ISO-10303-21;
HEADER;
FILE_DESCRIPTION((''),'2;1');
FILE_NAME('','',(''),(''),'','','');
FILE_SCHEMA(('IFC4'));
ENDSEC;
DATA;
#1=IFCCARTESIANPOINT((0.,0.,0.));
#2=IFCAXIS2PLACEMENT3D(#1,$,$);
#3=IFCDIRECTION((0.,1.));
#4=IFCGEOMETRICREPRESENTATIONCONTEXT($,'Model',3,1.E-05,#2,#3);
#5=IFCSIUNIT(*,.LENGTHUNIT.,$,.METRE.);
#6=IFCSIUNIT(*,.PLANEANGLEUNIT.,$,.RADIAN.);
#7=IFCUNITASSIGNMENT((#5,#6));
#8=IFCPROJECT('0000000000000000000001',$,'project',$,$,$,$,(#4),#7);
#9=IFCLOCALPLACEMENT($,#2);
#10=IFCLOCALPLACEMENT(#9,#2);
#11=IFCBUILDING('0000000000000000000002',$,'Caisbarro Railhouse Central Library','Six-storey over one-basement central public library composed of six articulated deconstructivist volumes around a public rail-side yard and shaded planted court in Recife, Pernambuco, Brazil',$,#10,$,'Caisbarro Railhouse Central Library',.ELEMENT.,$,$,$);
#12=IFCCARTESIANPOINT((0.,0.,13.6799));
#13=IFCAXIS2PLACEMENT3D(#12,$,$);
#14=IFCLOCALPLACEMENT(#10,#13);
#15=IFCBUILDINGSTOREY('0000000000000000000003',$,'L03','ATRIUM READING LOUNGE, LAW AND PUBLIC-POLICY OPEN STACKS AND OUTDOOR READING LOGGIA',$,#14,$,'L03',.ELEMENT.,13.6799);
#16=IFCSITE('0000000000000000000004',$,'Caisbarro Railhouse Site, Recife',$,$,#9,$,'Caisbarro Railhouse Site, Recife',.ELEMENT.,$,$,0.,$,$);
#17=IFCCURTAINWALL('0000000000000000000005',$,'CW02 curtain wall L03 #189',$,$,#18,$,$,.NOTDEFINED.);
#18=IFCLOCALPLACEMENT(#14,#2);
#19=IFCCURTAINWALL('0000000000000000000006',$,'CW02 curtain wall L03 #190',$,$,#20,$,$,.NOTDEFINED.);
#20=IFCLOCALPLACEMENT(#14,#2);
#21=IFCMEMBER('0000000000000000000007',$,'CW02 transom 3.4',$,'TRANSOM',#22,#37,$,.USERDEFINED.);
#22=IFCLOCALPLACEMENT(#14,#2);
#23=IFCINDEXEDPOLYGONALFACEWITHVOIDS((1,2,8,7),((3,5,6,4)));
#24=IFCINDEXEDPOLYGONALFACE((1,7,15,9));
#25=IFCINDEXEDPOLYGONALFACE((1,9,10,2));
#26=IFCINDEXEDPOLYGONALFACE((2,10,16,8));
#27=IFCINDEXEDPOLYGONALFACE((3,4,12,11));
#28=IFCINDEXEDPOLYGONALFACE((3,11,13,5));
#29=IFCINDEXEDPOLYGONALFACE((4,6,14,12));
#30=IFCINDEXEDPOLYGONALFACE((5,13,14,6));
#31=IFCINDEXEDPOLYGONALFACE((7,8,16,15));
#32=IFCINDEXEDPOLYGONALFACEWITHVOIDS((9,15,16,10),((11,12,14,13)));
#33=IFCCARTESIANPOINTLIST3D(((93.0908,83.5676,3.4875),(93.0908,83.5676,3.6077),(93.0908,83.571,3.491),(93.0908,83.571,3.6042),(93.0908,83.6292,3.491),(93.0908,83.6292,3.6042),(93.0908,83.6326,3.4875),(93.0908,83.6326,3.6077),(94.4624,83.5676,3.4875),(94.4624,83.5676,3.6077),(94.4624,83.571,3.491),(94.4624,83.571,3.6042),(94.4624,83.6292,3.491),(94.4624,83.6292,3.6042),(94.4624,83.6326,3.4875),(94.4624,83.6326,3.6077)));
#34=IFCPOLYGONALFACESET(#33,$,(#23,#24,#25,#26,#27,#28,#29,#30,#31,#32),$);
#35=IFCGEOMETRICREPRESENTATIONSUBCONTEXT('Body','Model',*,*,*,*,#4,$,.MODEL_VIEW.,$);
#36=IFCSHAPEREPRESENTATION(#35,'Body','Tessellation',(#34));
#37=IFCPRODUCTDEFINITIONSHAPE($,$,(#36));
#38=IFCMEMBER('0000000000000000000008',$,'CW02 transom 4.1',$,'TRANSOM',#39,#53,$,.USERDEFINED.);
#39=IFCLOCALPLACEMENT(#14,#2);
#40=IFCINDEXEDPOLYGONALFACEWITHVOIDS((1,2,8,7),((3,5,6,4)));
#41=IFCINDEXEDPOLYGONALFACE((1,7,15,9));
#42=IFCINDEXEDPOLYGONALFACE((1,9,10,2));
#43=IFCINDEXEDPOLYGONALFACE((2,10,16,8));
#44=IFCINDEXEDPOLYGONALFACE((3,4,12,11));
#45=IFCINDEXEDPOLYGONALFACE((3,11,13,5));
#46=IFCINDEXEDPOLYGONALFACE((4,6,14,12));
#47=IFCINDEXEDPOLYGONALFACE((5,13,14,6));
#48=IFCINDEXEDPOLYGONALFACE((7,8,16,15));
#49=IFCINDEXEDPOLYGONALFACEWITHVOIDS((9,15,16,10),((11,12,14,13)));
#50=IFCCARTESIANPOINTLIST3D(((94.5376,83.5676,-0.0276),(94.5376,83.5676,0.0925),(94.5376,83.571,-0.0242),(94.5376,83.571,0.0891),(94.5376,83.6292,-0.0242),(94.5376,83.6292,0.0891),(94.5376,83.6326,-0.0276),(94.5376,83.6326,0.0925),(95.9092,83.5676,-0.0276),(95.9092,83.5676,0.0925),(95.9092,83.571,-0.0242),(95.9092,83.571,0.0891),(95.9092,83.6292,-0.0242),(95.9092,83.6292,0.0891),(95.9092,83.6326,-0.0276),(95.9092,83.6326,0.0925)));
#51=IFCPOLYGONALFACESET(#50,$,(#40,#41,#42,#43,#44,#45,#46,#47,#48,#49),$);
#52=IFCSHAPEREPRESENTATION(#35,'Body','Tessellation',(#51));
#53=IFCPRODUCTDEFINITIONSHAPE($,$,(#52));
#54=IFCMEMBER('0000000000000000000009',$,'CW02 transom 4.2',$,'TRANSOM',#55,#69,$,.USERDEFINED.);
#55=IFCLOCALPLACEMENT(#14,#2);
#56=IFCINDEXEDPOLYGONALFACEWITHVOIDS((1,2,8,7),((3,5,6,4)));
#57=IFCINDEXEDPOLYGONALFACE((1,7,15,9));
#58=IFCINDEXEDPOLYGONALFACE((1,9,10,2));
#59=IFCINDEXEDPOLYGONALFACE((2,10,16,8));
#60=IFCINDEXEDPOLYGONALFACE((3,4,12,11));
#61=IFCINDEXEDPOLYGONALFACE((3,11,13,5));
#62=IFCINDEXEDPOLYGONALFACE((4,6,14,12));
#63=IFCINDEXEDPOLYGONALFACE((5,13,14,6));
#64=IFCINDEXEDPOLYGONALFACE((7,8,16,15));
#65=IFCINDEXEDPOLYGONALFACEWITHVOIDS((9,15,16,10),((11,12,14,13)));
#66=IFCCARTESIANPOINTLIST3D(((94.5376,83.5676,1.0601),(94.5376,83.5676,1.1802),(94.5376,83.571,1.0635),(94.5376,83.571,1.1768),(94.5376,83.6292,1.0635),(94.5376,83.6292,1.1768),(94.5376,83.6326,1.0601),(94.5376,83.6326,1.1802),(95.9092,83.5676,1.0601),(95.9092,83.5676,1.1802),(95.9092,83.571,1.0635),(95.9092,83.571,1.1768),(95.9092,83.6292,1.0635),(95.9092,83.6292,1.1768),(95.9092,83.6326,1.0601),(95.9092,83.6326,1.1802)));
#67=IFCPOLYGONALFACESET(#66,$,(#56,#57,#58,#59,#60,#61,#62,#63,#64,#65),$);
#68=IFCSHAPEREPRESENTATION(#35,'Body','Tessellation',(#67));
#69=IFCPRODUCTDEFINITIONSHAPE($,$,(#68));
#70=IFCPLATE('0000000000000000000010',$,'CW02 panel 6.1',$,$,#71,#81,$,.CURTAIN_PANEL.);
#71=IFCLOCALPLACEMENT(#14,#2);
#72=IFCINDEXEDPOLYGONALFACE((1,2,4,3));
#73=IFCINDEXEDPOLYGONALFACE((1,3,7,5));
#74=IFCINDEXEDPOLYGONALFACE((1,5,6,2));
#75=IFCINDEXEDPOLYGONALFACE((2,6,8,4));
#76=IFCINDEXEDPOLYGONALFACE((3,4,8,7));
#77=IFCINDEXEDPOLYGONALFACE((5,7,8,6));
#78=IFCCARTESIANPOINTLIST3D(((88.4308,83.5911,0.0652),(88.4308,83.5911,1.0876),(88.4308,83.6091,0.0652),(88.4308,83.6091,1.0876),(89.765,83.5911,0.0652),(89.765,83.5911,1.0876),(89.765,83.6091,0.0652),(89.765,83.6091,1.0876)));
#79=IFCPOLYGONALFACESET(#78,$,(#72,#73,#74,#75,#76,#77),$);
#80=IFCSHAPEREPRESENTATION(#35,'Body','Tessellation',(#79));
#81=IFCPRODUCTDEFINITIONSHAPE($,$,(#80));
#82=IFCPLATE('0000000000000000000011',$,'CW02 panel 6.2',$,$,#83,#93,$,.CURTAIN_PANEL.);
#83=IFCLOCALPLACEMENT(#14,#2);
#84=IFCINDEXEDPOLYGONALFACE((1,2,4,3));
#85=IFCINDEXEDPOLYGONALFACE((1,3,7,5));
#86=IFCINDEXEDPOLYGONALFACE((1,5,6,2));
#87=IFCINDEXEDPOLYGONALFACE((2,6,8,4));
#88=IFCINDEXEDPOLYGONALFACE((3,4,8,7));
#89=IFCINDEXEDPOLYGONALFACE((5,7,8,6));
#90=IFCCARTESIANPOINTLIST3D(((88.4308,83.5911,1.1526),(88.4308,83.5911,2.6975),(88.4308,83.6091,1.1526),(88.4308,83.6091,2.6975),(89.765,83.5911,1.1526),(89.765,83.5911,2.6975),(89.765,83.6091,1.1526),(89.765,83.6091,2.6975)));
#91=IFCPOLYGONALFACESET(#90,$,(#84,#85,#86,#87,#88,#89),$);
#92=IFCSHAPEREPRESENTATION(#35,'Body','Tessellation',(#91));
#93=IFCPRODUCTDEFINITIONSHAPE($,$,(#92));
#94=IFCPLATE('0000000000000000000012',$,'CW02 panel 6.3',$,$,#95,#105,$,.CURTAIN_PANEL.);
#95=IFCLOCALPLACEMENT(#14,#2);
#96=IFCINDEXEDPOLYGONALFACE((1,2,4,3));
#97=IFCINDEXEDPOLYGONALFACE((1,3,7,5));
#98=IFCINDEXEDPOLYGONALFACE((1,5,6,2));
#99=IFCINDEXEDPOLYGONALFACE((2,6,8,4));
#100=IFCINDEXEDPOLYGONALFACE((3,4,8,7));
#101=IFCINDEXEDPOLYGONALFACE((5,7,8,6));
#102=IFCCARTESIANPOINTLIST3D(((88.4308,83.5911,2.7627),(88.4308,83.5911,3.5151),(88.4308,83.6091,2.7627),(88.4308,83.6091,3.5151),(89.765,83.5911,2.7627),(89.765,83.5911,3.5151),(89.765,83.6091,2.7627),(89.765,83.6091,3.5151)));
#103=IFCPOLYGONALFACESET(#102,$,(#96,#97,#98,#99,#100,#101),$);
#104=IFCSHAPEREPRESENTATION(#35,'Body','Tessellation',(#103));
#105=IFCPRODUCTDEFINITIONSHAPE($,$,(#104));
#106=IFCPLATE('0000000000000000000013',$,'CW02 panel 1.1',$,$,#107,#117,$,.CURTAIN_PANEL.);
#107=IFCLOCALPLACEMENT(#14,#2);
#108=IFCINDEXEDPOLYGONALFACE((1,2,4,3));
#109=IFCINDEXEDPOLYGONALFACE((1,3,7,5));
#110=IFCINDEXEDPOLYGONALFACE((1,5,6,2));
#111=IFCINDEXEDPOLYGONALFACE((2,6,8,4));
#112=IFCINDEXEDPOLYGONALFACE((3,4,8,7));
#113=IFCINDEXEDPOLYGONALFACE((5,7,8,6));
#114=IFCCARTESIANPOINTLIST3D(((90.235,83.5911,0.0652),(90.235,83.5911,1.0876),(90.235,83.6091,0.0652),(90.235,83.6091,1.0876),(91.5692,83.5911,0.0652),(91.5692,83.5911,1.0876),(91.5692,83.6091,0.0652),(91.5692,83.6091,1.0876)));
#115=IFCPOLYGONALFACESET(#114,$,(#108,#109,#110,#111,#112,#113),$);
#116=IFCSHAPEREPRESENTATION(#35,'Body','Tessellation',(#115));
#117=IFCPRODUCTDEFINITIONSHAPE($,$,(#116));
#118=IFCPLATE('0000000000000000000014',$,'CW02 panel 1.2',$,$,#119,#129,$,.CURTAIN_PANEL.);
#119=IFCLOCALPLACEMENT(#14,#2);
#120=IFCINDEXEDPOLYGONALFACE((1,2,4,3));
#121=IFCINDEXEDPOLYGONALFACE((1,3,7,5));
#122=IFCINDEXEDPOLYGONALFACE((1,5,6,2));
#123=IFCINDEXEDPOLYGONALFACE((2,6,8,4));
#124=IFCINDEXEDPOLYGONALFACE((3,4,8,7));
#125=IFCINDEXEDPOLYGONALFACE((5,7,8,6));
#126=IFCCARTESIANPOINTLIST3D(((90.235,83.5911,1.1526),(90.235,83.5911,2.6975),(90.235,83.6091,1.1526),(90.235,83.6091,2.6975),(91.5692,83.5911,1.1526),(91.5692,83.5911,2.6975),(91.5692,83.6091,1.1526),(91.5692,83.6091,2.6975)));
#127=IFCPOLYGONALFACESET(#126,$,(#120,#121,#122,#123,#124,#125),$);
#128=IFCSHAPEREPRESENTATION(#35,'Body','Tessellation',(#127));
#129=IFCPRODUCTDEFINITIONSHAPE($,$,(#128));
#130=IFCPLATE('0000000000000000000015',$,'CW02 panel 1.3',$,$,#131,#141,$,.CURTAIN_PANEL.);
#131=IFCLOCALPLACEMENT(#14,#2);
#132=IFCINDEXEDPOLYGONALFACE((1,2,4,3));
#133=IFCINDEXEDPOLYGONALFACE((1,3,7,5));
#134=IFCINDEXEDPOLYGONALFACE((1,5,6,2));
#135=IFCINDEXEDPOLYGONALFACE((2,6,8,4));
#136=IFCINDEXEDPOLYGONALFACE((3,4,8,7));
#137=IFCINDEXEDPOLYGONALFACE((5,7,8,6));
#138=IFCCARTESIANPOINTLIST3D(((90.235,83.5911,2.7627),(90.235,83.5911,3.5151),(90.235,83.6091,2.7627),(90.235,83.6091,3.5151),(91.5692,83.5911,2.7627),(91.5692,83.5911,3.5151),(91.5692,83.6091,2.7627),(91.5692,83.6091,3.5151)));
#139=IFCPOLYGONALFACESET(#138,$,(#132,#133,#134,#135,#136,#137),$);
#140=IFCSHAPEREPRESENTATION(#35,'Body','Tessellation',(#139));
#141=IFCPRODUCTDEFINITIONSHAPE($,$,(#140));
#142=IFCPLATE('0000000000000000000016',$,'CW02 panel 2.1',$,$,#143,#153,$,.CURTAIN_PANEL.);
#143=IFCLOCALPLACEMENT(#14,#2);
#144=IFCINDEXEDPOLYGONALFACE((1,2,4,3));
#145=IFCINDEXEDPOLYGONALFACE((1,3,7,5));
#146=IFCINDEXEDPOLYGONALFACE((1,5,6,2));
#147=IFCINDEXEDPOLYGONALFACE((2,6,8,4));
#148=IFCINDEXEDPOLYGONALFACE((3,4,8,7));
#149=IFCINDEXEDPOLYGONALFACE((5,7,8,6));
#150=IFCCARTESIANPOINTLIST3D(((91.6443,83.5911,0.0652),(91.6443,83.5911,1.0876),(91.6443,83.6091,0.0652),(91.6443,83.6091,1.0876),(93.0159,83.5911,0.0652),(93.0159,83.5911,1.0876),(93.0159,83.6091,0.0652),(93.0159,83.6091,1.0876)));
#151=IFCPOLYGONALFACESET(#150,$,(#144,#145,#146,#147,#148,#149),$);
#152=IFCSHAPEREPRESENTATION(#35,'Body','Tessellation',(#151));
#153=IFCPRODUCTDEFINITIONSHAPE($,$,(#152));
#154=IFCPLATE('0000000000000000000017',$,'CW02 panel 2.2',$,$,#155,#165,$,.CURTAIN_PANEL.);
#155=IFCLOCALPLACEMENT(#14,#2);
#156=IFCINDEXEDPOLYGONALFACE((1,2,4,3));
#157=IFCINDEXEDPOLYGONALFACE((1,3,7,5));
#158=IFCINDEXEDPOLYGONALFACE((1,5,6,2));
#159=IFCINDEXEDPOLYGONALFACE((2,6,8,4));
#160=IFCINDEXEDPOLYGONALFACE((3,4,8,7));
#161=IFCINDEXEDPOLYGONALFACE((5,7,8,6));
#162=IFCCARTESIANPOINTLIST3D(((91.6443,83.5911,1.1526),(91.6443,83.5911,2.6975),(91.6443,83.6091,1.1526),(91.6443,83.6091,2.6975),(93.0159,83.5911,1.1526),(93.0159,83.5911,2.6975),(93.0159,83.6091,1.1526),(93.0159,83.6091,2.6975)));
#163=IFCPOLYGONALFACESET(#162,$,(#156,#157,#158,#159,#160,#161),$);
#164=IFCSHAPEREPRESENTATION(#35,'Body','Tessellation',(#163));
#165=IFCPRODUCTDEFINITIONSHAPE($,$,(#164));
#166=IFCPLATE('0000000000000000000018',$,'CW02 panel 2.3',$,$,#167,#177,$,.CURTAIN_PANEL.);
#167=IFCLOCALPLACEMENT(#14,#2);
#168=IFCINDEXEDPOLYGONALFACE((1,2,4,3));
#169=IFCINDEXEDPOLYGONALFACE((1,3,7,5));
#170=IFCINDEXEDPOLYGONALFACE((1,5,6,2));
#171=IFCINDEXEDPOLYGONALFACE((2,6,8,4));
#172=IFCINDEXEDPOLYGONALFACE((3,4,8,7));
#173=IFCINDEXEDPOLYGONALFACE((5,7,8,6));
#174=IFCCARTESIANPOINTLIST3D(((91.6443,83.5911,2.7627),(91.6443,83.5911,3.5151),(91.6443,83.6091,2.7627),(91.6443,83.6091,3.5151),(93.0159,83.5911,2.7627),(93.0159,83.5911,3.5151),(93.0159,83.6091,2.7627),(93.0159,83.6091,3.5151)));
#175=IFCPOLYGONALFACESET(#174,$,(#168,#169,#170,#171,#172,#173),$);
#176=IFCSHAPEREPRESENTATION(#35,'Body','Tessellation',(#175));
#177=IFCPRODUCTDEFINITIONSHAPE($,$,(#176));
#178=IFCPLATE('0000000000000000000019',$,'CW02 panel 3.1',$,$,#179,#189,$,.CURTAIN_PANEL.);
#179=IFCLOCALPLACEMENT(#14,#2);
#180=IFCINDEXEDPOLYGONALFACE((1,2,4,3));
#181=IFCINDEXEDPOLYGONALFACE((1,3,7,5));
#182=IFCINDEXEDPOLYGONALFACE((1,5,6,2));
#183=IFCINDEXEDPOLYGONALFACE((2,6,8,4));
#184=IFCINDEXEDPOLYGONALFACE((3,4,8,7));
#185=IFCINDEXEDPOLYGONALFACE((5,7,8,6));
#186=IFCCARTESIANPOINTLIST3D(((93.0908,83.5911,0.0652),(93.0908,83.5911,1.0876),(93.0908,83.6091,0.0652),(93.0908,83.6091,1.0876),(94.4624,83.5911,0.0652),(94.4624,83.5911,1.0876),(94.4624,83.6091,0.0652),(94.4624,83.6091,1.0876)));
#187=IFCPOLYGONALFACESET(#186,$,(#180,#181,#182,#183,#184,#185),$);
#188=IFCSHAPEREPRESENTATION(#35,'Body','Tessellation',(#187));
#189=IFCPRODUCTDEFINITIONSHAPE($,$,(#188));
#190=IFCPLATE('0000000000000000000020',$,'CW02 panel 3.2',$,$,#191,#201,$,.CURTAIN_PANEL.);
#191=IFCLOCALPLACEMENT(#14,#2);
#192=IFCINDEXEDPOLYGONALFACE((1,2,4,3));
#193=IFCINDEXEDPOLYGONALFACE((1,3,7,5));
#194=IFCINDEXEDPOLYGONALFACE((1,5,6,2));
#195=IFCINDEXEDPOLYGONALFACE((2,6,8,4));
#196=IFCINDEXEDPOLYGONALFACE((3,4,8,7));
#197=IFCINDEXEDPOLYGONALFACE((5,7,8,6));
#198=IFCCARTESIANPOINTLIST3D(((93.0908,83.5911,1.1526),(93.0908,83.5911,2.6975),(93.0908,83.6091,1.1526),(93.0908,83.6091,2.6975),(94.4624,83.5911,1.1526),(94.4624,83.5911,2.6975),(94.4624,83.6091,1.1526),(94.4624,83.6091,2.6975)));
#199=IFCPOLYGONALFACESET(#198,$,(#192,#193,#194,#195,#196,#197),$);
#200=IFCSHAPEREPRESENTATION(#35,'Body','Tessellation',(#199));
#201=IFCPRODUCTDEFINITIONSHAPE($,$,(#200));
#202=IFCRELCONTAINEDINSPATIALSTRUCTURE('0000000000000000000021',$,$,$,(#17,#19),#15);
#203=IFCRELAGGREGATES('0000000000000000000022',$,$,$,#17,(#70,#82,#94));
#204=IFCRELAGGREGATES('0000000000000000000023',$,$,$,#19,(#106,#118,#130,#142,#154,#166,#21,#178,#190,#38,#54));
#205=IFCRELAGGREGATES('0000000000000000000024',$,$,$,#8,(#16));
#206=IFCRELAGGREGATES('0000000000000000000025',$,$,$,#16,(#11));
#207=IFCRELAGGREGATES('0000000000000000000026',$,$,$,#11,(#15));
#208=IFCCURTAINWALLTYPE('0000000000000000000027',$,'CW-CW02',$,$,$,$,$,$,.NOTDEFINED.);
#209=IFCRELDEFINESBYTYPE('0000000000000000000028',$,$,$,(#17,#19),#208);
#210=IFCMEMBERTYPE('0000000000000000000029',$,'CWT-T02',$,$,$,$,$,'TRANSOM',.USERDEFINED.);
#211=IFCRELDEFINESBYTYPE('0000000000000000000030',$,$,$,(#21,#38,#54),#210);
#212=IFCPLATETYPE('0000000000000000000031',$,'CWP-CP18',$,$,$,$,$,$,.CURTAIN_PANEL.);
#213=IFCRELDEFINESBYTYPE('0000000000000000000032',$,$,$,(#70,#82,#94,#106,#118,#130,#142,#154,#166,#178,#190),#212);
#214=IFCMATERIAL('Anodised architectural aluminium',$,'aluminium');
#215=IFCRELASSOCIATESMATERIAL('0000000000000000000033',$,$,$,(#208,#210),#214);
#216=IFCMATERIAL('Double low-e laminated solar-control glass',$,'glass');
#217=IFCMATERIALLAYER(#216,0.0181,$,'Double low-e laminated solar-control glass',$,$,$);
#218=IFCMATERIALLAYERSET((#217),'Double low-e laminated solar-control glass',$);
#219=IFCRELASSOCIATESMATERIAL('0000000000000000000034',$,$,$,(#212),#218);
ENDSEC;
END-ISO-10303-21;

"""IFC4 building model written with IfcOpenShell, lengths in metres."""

from ifc_helpers import new_model, si_unit, direction, frame, origin, origin_2d, place, context, subcontext, project, spatial, rectangle, hollow_rectangle, extrude, material, layer, layer_set, material_profile, profile_set, type_object, element, aggregate, save


model = new_model("IFC4")

# Units and contexts
model_context = context("Model", 3, precision=1e-05, world=origin(), true_north=direction((0.0, 1.0)))
body_context = subcontext(model_context, "Body", "Model", "MODEL_VIEW")
ifc_project = project(units=[si_unit("LENGTHUNIT", "METRE"), si_unit("PLANEANGLEUNIT", "RADIAN")], contexts=[model_context])

# Site, building, storey
site_placement = place(None, origin())
site = spatial("IfcSite", under=ifc_project, at=site_placement, Name="Caisbarro Railhouse Site, Recife", LongName="Caisbarro Railhouse Site, Recife", CompositionType="ELEMENT", RefElevation=0.0)
building_placement = place(site_placement, origin())
building = spatial("IfcBuilding", under=site, at=building_placement, Name="Caisbarro Railhouse Central Library", Description="Six-storey over one-basement central public library composed of six articulated deconstructivist volumes around a public rail-side yard and shaded planted court in Recife, Pernambuco, Brazil", LongName="Caisbarro Railhouse Central Library", CompositionType="ELEMENT")
storey_placement = place(building_placement, frame((0.0, 0.0, 13.6799)))
storey = spatial("IfcBuildingStorey", under=building, at=storey_placement, Name="L03", Description="ATRIUM READING LOUNGE, LAW AND PUBLIC-POLICY OPEN STACKS AND OUTDOOR READING LOGGIA", LongName="L03", CompositionType="ELEMENT", Elevation=13.6799)

# Curtain wall
ifc_material_1 = material(Name="Anodised architectural aluminium", Category="aluminium")
curtain_wall_type = type_object("IfcCurtainWallType", Name="CW-CW02", PredefinedType="NOTDEFINED", material=ifc_material_1)
curtain_wall_1_placement = place(storey_placement, origin())
curtain_wall_1 = element("IfcCurtainWall", 1, at=curtain_wall_1_placement, inside=storey, type_object=curtain_wall_type, Name="CW02 curtain wall L03 #189", PredefinedType="NOTDEFINED")

# Curtain wall, members
curtain_wall_2_placement = place(storey_placement, origin())
curtain_wall_2 = element("IfcCurtainWall", 2, at=curtain_wall_2_placement, inside=storey, type_object=curtain_wall_type, Name="CW02 curtain wall L03 #190", PredefinedType="NOTDEFINED")
ifc_material_profile_1 = material_profile(ifc_material_1, hollow_rectangle(XDim=0.0649, YDim=0.1201, WallThickness=0.0034, at=origin_2d()), Name="ALU-TRN-65X120")
ifc_profile_set_1 = profile_set([ifc_material_profile_1], Name="Anodised architectural aluminium")
member_type_1 = type_object("IfcMemberType", Name="CWT-T02", ElementType="TRANSOM", PredefinedType="USERDEFINED", material=ifc_profile_set_1)
member_1_placement = place(storey_placement, frame((93.0908, 83.6001, 3.5476), z_axis=(1.0, 0.0, 0.0), x_axis=(0.0, 1.0, 0.0)))
member_1 = element("IfcMember", 3, at=member_1_placement, type_object=member_type_1, Name="CW02 transom 3.4", ObjectType="TRANSOM", PredefinedType="USERDEFINED", context=body_context, shape_type="SweptSolid", body=[
    extrude(hollow_rectangle(XDim=0.0649, YDim=0.1201, WallThickness=0.0034, at=origin_2d()), origin(), (0.0, 0.0, 1.0), 1.3716),
])
member_2_placement = place(storey_placement, frame((94.5376, 83.6001, 0.0325), z_axis=(1.0, 0.0, 0.0), x_axis=(0.0, 1.0, 0.0)))
member_2 = element("IfcMember", 4, at=member_2_placement, type_object=member_type_1, Name="CW02 transom 4.1", ObjectType="TRANSOM", PredefinedType="USERDEFINED", context=body_context, shape_type="SweptSolid", body=[
    extrude(hollow_rectangle(XDim=0.0649, YDim=0.1201, WallThickness=0.0034, at=origin_2d()), origin(), (0.0, 0.0, 1.0), 1.3716),
])
member_3_placement = place(storey_placement, frame((94.5376, 83.6001, 1.1201), z_axis=(1.0, 0.0, 0.0), x_axis=(0.0, 1.0, 0.0)))
member_3 = element("IfcMember", 5, at=member_3_placement, type_object=member_type_1, Name="CW02 transom 4.2", ObjectType="TRANSOM", PredefinedType="USERDEFINED", context=body_context, shape_type="SweptSolid", body=[
    extrude(hollow_rectangle(XDim=0.0649, YDim=0.1201, WallThickness=0.0034, at=origin_2d()), origin(), (0.0, 0.0, 1.0), 1.3716),
])

# Plates
ifc_material_2 = material(Name="Double low-e laminated solar-control glass", Category="glass")
ifc_layer = layer(ifc_material_2, 0.0181, Name="Double low-e laminated solar-control glass")
ifc_layer_set = layer_set([ifc_layer], Name="Double low-e laminated solar-control glass")
plate_type = type_object("IfcPlateType", Name="CWP-CP18", PredefinedType="CURTAIN_PANEL", material=ifc_layer_set)
plate_1_placement = place(storey_placement, frame((89.0979, 83.6001, 0.0652), z_axis=(0.0, 0.0, 1.0), x_axis=(1.0, 0.0, 0.0)))
plate_1 = element("IfcPlate", 6, at=plate_1_placement, type_object=plate_type, Name="CW02 panel 6.1", PredefinedType="CURTAIN_PANEL", context=body_context, shape_type="SweptSolid", body=[
    extrude(rectangle(XDim=1.3342, YDim=0.0181, at=origin_2d()), origin(), (0.0, 0.0, 1.0), 1.0225),
])
plate_2_placement = place(storey_placement, frame((89.0979, 83.6001, 1.1526), z_axis=(0.0, 0.0, 1.0), x_axis=(1.0, 0.0, 0.0)))
plate_2 = element("IfcPlate", 7, at=plate_2_placement, type_object=plate_type, Name="CW02 panel 6.2", PredefinedType="CURTAIN_PANEL", context=body_context, shape_type="SweptSolid", body=[
    extrude(rectangle(XDim=1.3342, YDim=0.0181, at=origin_2d()), origin(), (0.0, 0.0, 1.0), 1.5449),
])
plate_3_placement = place(storey_placement, frame((89.0979, 83.6001, 2.7627), z_axis=(0.0, 0.0, 1.0), x_axis=(1.0, 0.0, 0.0)))
plate_3 = element("IfcPlate", 8, at=plate_3_placement, type_object=plate_type, Name="CW02 panel 6.3", PredefinedType="CURTAIN_PANEL", context=body_context, shape_type="SweptSolid", body=[
    extrude(rectangle(XDim=1.3342, YDim=0.0181, at=origin_2d()), origin(), (0.0, 0.0, 1.0), 0.7524),
])
aggregate(curtain_wall_1, [plate_1, plate_2, plate_3])
plate_4_placement = place(storey_placement, frame((90.9021, 83.6001, 0.0652), z_axis=(0.0, 0.0, 1.0), x_axis=(1.0, 0.0, 0.0)))
plate_4 = element("IfcPlate", 9, at=plate_4_placement, type_object=plate_type, Name="CW02 panel 1.1", PredefinedType="CURTAIN_PANEL", context=body_context, shape_type="SweptSolid", body=[
    extrude(rectangle(XDim=1.3342, YDim=0.0181, at=origin_2d()), origin(), (0.0, 0.0, 1.0), 1.0225),
])
plate_5_placement = place(storey_placement, frame((90.9021, 83.6001, 1.1526), z_axis=(0.0, 0.0, 1.0), x_axis=(1.0, 0.0, 0.0)))
plate_5 = element("IfcPlate", 10, at=plate_5_placement, type_object=plate_type, Name="CW02 panel 1.2", PredefinedType="CURTAIN_PANEL", context=body_context, shape_type="SweptSolid", body=[
    extrude(rectangle(XDim=1.3342, YDim=0.0181, at=origin_2d()), origin(), (0.0, 0.0, 1.0), 1.5449),
])
plate_6_placement = place(storey_placement, frame((90.9021, 83.6001, 2.7627), z_axis=(0.0, 0.0, 1.0), x_axis=(1.0, 0.0, 0.0)))
plate_6 = element("IfcPlate", 11, at=plate_6_placement, type_object=plate_type, Name="CW02 panel 1.3", PredefinedType="CURTAIN_PANEL", context=body_context, shape_type="SweptSolid", body=[
    extrude(rectangle(XDim=1.3342, YDim=0.0181, at=origin_2d()), origin(), (0.0, 0.0, 1.0), 0.7524),
])
plate_7_placement = place(storey_placement, frame((92.3301, 83.6001, 0.0652), z_axis=(0.0, 0.0, 1.0), x_axis=(1.0, 0.0, 0.0)))
plate_7 = element("IfcPlate", 12, at=plate_7_placement, type_object=plate_type, Name="CW02 panel 2.1", PredefinedType="CURTAIN_PANEL", context=body_context, shape_type="SweptSolid", body=[
    extrude(rectangle(XDim=1.3716, YDim=0.0181, at=origin_2d()), origin(), (0.0, 0.0, 1.0), 1.0225),
])
plate_8_placement = place(storey_placement, frame((92.3301, 83.6001, 1.1526), z_axis=(0.0, 0.0, 1.0), x_axis=(1.0, 0.0, 0.0)))
plate_8 = element("IfcPlate", 13, at=plate_8_placement, type_object=plate_type, Name="CW02 panel 2.2", PredefinedType="CURTAIN_PANEL", context=body_context, shape_type="SweptSolid", body=[
    extrude(rectangle(XDim=1.3716, YDim=0.0181, at=origin_2d()), origin(), (0.0, 0.0, 1.0), 1.5449),
])
plate_9_placement = place(storey_placement, frame((92.3301, 83.6001, 2.7627), z_axis=(0.0, 0.0, 1.0), x_axis=(1.0, 0.0, 0.0)))
plate_9 = element("IfcPlate", 14, at=plate_9_placement, type_object=plate_type, Name="CW02 panel 2.3", PredefinedType="CURTAIN_PANEL", context=body_context, shape_type="SweptSolid", body=[
    extrude(rectangle(XDim=1.3716, YDim=0.0181, at=origin_2d()), origin(), (0.0, 0.0, 1.0), 0.7524),
])
plate_10_placement = place(storey_placement, frame((93.7766, 83.6001, 0.0652), z_axis=(0.0, 0.0, 1.0), x_axis=(1.0, 0.0, 0.0)))
plate_10 = element("IfcPlate", 15, at=plate_10_placement, type_object=plate_type, Name="CW02 panel 3.1", PredefinedType="CURTAIN_PANEL", context=body_context, shape_type="SweptSolid", body=[
    extrude(rectangle(XDim=1.3716, YDim=0.0181, at=origin_2d()), origin(), (0.0, 0.0, 1.0), 1.0225),
])
plate_11_placement = place(storey_placement, frame((93.7766, 83.6001, 1.1526), z_axis=(0.0, 0.0, 1.0), x_axis=(1.0, 0.0, 0.0)))
plate_11 = element("IfcPlate", 16, at=plate_11_placement, type_object=plate_type, Name="CW02 panel 3.2", PredefinedType="CURTAIN_PANEL", context=body_context, shape_type="SweptSolid", body=[
    extrude(rectangle(XDim=1.3716, YDim=0.0181, at=origin_2d()), origin(), (0.0, 0.0, 1.0), 1.5449),
])
aggregate(curtain_wall_2, [plate_4, plate_5, plate_6, plate_7, plate_8, plate_9, member_1, plate_10, plate_11, member_2, member_3])

save(model, "model.ifc")
